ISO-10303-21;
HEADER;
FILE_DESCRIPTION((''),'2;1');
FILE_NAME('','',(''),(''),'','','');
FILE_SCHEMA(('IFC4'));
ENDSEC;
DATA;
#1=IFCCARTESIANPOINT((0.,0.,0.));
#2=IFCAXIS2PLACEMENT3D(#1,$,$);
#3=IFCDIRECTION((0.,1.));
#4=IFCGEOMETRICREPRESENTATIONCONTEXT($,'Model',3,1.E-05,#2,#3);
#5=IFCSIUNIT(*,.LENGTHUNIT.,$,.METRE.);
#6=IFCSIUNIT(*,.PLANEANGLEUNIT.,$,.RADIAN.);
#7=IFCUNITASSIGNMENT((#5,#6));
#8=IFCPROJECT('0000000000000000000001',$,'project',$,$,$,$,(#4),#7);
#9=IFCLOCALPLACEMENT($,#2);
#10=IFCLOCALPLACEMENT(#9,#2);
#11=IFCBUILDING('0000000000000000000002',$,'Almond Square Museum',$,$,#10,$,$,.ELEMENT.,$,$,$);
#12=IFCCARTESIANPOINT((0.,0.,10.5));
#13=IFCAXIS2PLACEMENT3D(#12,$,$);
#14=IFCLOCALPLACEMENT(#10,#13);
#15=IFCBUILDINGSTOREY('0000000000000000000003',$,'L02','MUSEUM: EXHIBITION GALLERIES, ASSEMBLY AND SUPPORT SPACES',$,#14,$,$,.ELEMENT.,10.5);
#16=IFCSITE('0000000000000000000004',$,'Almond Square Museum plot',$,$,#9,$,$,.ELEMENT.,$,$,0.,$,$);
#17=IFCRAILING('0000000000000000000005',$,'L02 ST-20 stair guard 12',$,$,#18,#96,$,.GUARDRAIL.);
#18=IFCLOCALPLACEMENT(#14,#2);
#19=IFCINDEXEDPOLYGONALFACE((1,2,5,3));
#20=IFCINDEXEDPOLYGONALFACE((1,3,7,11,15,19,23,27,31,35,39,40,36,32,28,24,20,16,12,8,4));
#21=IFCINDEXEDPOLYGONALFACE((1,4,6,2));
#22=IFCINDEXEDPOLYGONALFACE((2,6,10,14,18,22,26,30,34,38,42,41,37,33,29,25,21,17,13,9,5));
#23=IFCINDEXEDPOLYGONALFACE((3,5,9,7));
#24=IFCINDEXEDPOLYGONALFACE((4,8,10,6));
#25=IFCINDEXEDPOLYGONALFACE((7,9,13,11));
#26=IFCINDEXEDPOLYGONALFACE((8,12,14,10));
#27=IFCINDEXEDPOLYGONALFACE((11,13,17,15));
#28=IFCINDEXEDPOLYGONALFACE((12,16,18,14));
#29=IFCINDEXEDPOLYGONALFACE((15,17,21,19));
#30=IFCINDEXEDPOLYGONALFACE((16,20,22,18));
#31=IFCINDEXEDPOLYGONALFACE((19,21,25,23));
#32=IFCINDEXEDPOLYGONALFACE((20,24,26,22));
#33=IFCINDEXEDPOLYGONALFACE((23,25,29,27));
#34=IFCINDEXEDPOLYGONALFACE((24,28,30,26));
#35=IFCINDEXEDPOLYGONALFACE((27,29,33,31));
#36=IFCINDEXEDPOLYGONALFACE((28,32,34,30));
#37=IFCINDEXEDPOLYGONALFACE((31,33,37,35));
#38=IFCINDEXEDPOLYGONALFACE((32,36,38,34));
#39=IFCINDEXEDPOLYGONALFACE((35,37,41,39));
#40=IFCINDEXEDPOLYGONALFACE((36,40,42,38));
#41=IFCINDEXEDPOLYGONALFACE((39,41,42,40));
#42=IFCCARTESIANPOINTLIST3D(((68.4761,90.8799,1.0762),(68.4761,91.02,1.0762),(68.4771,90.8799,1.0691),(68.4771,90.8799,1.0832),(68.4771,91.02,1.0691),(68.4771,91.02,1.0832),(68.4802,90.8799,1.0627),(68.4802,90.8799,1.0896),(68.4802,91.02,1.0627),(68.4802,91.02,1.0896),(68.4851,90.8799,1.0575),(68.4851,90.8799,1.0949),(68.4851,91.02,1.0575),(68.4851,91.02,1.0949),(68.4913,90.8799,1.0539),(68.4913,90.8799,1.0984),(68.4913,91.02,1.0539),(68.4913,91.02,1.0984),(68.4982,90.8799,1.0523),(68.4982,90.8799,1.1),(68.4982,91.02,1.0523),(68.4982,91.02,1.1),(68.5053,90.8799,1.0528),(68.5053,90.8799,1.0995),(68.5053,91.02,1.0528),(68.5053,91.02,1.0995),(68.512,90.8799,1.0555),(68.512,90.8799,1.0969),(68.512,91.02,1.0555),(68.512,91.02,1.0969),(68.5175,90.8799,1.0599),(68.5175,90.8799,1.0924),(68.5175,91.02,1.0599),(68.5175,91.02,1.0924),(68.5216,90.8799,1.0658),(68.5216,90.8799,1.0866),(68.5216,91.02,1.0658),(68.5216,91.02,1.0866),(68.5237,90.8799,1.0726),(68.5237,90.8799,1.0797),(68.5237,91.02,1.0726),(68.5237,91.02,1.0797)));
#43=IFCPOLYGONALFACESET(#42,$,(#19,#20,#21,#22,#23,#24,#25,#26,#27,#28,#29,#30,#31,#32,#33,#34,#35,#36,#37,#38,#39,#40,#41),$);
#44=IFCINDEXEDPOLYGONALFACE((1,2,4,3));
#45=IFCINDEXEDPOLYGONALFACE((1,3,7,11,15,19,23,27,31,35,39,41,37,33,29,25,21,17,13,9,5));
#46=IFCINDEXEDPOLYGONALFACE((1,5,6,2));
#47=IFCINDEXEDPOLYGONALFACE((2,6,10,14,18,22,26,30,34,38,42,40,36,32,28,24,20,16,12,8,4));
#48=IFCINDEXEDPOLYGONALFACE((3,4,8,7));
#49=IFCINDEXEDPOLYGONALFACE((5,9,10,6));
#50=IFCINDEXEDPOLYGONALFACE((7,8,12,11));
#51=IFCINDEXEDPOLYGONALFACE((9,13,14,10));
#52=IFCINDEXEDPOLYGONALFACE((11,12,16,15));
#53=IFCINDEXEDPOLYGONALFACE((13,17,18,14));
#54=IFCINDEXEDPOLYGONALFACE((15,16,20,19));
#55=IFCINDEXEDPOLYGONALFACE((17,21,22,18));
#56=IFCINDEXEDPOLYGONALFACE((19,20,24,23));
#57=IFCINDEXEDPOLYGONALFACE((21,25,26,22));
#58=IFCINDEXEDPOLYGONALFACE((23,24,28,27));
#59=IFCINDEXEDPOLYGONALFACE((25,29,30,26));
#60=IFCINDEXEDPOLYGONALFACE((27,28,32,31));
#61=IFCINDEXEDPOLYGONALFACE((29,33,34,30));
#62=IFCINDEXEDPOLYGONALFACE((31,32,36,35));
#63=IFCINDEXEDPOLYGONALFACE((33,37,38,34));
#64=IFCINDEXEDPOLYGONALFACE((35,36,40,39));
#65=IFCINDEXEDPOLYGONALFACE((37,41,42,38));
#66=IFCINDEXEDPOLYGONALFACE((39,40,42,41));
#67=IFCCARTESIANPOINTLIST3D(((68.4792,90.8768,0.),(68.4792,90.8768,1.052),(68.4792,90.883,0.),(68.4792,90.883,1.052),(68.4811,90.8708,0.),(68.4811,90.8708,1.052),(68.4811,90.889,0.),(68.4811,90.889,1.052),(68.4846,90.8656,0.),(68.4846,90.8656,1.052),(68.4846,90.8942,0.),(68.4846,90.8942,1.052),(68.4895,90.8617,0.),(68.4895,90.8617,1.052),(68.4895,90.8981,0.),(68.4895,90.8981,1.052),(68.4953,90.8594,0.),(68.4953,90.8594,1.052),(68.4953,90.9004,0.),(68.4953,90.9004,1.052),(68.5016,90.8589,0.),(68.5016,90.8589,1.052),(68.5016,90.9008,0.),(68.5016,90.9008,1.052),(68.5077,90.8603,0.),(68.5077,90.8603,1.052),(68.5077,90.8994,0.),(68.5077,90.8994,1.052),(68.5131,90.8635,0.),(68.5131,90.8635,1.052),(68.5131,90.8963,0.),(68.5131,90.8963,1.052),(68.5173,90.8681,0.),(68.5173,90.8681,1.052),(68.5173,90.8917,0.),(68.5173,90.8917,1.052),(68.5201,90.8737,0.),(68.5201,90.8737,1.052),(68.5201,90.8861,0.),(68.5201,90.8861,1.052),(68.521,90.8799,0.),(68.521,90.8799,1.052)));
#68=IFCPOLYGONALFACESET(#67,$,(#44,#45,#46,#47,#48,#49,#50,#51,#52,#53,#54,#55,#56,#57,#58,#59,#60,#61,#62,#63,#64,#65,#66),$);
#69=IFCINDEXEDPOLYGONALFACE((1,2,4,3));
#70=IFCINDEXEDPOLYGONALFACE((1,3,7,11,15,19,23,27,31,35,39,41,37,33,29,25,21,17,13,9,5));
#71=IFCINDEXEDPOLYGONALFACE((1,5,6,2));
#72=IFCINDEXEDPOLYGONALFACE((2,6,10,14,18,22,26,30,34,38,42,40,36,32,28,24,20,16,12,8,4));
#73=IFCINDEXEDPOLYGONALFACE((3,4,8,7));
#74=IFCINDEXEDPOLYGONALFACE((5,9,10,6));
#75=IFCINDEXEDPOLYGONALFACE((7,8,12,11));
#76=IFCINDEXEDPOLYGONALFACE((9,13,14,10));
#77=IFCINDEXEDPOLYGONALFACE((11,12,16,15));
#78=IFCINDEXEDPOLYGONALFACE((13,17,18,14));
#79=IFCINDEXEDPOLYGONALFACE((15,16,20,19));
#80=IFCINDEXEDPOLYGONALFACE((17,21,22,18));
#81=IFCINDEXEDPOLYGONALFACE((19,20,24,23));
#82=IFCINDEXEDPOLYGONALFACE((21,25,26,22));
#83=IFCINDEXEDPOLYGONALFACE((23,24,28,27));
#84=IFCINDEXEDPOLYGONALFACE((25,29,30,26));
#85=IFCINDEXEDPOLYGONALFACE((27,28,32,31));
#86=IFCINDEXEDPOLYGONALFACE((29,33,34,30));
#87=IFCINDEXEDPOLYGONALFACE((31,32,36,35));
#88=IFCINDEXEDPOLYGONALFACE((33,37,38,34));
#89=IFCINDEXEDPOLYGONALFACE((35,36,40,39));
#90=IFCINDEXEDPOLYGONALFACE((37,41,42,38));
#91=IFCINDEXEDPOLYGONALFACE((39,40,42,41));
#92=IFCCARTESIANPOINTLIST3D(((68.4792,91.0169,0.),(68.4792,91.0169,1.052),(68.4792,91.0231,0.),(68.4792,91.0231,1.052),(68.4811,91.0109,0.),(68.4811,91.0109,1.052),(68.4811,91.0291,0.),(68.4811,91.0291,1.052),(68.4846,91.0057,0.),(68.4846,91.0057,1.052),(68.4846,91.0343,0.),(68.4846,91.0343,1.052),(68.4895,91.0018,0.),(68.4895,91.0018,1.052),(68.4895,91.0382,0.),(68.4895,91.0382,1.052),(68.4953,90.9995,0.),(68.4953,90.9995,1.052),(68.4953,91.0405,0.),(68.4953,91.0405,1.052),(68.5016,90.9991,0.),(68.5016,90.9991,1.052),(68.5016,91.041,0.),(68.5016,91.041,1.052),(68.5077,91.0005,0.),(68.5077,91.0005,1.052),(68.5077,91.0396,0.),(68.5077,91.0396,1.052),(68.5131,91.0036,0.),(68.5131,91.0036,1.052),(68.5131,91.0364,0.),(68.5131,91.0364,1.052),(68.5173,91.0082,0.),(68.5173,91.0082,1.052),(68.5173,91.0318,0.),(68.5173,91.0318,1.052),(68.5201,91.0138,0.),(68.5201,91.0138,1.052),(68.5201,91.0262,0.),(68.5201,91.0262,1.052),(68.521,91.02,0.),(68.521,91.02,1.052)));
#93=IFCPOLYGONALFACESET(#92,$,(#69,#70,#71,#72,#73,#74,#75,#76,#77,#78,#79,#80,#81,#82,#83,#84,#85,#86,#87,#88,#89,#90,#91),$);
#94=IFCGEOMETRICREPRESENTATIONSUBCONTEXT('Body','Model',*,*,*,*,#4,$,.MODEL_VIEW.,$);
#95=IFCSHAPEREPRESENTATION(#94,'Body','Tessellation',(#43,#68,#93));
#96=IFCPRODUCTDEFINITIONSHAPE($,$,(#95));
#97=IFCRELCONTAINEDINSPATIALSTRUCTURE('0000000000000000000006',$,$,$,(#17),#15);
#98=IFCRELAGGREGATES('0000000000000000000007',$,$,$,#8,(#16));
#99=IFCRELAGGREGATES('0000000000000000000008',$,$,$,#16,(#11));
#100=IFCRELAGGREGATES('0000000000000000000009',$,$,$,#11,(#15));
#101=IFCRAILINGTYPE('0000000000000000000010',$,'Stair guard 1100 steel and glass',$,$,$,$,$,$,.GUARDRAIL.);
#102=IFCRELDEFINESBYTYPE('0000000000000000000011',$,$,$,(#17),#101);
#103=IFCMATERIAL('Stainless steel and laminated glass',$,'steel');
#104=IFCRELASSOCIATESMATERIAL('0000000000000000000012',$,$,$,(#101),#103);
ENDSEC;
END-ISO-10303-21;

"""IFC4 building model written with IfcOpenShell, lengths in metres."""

from ifc_helpers import new_model, si_unit, direction, frame, origin, origin_2d, place, context, subcontext, project, spatial, circle, extrude, material, type_object, element, save


model = new_model("IFC4")

# Units and contexts
model_context = context("Model", 3, precision=1e-05, world=origin(), true_north=direction((0.0, 1.0)))
body_context = subcontext(model_context, "Body", "Model", "MODEL_VIEW")
ifc_project = project(units=[si_unit("LENGTHUNIT", "METRE"), si_unit("PLANEANGLEUNIT", "RADIAN")], contexts=[model_context])

# Site, building, storey
site_placement = place(None, origin())
site = spatial("IfcSite", under=ifc_project, at=site_placement, Name="Almond Square Museum plot", CompositionType="ELEMENT", RefElevation=0.0)
building_placement = place(site_placement, origin())
building = spatial("IfcBuilding", under=site, at=building_placement, Name="Almond Square Museum", CompositionType="ELEMENT")
storey_placement = place(building_placement, frame((0.0, 0.0, 10.5)))
storey = spatial("IfcBuildingStorey", under=building, at=storey_placement, Name="L02", Description="MUSEUM: EXHIBITION GALLERIES, ASSEMBLY AND SUPPORT SPACES", CompositionType="ELEMENT", Elevation=10.5)

# Railing
ifc_material_1 = material(Name="Stainless steel and laminated glass", Category="steel")
railing_type_1 = type_object("IfcRailingType", Name="Stair guard 1100 steel and glass", PredefinedType="GUARDRAIL", material=ifc_material_1)
railing_1_placement = place(storey_placement, frame((68.5, 90.8799, 0.0)))
element("IfcRailing", 1, at=railing_1_placement, inside=storey, type_object=railing_type_1, Name="L02 ST-20 stair guard 12", PredefinedType="GUARDRAIL", context=body_context, shape_type="SweptSolid", body=[
    extrude(circle(Radius=0.0239, at=origin_2d()), frame((0.0, 0.0, 1.0762), z_axis=(0.0, 1.0, 0.0), x_axis=(-1.0, 0.0, 0.0)), (0.0, 0.0, 1.0), 0.1401),
    extrude(circle(Radius=0.021, at=origin_2d()), origin(), (0.0, 0.0, 1.0), 1.052),
    extrude(circle(Radius=0.021, at=origin_2d()), frame((0.0, 0.1401, 0.0)), (0.0, 0.0, 1.0), 1.052),
])

save(model, "model.ifc")
